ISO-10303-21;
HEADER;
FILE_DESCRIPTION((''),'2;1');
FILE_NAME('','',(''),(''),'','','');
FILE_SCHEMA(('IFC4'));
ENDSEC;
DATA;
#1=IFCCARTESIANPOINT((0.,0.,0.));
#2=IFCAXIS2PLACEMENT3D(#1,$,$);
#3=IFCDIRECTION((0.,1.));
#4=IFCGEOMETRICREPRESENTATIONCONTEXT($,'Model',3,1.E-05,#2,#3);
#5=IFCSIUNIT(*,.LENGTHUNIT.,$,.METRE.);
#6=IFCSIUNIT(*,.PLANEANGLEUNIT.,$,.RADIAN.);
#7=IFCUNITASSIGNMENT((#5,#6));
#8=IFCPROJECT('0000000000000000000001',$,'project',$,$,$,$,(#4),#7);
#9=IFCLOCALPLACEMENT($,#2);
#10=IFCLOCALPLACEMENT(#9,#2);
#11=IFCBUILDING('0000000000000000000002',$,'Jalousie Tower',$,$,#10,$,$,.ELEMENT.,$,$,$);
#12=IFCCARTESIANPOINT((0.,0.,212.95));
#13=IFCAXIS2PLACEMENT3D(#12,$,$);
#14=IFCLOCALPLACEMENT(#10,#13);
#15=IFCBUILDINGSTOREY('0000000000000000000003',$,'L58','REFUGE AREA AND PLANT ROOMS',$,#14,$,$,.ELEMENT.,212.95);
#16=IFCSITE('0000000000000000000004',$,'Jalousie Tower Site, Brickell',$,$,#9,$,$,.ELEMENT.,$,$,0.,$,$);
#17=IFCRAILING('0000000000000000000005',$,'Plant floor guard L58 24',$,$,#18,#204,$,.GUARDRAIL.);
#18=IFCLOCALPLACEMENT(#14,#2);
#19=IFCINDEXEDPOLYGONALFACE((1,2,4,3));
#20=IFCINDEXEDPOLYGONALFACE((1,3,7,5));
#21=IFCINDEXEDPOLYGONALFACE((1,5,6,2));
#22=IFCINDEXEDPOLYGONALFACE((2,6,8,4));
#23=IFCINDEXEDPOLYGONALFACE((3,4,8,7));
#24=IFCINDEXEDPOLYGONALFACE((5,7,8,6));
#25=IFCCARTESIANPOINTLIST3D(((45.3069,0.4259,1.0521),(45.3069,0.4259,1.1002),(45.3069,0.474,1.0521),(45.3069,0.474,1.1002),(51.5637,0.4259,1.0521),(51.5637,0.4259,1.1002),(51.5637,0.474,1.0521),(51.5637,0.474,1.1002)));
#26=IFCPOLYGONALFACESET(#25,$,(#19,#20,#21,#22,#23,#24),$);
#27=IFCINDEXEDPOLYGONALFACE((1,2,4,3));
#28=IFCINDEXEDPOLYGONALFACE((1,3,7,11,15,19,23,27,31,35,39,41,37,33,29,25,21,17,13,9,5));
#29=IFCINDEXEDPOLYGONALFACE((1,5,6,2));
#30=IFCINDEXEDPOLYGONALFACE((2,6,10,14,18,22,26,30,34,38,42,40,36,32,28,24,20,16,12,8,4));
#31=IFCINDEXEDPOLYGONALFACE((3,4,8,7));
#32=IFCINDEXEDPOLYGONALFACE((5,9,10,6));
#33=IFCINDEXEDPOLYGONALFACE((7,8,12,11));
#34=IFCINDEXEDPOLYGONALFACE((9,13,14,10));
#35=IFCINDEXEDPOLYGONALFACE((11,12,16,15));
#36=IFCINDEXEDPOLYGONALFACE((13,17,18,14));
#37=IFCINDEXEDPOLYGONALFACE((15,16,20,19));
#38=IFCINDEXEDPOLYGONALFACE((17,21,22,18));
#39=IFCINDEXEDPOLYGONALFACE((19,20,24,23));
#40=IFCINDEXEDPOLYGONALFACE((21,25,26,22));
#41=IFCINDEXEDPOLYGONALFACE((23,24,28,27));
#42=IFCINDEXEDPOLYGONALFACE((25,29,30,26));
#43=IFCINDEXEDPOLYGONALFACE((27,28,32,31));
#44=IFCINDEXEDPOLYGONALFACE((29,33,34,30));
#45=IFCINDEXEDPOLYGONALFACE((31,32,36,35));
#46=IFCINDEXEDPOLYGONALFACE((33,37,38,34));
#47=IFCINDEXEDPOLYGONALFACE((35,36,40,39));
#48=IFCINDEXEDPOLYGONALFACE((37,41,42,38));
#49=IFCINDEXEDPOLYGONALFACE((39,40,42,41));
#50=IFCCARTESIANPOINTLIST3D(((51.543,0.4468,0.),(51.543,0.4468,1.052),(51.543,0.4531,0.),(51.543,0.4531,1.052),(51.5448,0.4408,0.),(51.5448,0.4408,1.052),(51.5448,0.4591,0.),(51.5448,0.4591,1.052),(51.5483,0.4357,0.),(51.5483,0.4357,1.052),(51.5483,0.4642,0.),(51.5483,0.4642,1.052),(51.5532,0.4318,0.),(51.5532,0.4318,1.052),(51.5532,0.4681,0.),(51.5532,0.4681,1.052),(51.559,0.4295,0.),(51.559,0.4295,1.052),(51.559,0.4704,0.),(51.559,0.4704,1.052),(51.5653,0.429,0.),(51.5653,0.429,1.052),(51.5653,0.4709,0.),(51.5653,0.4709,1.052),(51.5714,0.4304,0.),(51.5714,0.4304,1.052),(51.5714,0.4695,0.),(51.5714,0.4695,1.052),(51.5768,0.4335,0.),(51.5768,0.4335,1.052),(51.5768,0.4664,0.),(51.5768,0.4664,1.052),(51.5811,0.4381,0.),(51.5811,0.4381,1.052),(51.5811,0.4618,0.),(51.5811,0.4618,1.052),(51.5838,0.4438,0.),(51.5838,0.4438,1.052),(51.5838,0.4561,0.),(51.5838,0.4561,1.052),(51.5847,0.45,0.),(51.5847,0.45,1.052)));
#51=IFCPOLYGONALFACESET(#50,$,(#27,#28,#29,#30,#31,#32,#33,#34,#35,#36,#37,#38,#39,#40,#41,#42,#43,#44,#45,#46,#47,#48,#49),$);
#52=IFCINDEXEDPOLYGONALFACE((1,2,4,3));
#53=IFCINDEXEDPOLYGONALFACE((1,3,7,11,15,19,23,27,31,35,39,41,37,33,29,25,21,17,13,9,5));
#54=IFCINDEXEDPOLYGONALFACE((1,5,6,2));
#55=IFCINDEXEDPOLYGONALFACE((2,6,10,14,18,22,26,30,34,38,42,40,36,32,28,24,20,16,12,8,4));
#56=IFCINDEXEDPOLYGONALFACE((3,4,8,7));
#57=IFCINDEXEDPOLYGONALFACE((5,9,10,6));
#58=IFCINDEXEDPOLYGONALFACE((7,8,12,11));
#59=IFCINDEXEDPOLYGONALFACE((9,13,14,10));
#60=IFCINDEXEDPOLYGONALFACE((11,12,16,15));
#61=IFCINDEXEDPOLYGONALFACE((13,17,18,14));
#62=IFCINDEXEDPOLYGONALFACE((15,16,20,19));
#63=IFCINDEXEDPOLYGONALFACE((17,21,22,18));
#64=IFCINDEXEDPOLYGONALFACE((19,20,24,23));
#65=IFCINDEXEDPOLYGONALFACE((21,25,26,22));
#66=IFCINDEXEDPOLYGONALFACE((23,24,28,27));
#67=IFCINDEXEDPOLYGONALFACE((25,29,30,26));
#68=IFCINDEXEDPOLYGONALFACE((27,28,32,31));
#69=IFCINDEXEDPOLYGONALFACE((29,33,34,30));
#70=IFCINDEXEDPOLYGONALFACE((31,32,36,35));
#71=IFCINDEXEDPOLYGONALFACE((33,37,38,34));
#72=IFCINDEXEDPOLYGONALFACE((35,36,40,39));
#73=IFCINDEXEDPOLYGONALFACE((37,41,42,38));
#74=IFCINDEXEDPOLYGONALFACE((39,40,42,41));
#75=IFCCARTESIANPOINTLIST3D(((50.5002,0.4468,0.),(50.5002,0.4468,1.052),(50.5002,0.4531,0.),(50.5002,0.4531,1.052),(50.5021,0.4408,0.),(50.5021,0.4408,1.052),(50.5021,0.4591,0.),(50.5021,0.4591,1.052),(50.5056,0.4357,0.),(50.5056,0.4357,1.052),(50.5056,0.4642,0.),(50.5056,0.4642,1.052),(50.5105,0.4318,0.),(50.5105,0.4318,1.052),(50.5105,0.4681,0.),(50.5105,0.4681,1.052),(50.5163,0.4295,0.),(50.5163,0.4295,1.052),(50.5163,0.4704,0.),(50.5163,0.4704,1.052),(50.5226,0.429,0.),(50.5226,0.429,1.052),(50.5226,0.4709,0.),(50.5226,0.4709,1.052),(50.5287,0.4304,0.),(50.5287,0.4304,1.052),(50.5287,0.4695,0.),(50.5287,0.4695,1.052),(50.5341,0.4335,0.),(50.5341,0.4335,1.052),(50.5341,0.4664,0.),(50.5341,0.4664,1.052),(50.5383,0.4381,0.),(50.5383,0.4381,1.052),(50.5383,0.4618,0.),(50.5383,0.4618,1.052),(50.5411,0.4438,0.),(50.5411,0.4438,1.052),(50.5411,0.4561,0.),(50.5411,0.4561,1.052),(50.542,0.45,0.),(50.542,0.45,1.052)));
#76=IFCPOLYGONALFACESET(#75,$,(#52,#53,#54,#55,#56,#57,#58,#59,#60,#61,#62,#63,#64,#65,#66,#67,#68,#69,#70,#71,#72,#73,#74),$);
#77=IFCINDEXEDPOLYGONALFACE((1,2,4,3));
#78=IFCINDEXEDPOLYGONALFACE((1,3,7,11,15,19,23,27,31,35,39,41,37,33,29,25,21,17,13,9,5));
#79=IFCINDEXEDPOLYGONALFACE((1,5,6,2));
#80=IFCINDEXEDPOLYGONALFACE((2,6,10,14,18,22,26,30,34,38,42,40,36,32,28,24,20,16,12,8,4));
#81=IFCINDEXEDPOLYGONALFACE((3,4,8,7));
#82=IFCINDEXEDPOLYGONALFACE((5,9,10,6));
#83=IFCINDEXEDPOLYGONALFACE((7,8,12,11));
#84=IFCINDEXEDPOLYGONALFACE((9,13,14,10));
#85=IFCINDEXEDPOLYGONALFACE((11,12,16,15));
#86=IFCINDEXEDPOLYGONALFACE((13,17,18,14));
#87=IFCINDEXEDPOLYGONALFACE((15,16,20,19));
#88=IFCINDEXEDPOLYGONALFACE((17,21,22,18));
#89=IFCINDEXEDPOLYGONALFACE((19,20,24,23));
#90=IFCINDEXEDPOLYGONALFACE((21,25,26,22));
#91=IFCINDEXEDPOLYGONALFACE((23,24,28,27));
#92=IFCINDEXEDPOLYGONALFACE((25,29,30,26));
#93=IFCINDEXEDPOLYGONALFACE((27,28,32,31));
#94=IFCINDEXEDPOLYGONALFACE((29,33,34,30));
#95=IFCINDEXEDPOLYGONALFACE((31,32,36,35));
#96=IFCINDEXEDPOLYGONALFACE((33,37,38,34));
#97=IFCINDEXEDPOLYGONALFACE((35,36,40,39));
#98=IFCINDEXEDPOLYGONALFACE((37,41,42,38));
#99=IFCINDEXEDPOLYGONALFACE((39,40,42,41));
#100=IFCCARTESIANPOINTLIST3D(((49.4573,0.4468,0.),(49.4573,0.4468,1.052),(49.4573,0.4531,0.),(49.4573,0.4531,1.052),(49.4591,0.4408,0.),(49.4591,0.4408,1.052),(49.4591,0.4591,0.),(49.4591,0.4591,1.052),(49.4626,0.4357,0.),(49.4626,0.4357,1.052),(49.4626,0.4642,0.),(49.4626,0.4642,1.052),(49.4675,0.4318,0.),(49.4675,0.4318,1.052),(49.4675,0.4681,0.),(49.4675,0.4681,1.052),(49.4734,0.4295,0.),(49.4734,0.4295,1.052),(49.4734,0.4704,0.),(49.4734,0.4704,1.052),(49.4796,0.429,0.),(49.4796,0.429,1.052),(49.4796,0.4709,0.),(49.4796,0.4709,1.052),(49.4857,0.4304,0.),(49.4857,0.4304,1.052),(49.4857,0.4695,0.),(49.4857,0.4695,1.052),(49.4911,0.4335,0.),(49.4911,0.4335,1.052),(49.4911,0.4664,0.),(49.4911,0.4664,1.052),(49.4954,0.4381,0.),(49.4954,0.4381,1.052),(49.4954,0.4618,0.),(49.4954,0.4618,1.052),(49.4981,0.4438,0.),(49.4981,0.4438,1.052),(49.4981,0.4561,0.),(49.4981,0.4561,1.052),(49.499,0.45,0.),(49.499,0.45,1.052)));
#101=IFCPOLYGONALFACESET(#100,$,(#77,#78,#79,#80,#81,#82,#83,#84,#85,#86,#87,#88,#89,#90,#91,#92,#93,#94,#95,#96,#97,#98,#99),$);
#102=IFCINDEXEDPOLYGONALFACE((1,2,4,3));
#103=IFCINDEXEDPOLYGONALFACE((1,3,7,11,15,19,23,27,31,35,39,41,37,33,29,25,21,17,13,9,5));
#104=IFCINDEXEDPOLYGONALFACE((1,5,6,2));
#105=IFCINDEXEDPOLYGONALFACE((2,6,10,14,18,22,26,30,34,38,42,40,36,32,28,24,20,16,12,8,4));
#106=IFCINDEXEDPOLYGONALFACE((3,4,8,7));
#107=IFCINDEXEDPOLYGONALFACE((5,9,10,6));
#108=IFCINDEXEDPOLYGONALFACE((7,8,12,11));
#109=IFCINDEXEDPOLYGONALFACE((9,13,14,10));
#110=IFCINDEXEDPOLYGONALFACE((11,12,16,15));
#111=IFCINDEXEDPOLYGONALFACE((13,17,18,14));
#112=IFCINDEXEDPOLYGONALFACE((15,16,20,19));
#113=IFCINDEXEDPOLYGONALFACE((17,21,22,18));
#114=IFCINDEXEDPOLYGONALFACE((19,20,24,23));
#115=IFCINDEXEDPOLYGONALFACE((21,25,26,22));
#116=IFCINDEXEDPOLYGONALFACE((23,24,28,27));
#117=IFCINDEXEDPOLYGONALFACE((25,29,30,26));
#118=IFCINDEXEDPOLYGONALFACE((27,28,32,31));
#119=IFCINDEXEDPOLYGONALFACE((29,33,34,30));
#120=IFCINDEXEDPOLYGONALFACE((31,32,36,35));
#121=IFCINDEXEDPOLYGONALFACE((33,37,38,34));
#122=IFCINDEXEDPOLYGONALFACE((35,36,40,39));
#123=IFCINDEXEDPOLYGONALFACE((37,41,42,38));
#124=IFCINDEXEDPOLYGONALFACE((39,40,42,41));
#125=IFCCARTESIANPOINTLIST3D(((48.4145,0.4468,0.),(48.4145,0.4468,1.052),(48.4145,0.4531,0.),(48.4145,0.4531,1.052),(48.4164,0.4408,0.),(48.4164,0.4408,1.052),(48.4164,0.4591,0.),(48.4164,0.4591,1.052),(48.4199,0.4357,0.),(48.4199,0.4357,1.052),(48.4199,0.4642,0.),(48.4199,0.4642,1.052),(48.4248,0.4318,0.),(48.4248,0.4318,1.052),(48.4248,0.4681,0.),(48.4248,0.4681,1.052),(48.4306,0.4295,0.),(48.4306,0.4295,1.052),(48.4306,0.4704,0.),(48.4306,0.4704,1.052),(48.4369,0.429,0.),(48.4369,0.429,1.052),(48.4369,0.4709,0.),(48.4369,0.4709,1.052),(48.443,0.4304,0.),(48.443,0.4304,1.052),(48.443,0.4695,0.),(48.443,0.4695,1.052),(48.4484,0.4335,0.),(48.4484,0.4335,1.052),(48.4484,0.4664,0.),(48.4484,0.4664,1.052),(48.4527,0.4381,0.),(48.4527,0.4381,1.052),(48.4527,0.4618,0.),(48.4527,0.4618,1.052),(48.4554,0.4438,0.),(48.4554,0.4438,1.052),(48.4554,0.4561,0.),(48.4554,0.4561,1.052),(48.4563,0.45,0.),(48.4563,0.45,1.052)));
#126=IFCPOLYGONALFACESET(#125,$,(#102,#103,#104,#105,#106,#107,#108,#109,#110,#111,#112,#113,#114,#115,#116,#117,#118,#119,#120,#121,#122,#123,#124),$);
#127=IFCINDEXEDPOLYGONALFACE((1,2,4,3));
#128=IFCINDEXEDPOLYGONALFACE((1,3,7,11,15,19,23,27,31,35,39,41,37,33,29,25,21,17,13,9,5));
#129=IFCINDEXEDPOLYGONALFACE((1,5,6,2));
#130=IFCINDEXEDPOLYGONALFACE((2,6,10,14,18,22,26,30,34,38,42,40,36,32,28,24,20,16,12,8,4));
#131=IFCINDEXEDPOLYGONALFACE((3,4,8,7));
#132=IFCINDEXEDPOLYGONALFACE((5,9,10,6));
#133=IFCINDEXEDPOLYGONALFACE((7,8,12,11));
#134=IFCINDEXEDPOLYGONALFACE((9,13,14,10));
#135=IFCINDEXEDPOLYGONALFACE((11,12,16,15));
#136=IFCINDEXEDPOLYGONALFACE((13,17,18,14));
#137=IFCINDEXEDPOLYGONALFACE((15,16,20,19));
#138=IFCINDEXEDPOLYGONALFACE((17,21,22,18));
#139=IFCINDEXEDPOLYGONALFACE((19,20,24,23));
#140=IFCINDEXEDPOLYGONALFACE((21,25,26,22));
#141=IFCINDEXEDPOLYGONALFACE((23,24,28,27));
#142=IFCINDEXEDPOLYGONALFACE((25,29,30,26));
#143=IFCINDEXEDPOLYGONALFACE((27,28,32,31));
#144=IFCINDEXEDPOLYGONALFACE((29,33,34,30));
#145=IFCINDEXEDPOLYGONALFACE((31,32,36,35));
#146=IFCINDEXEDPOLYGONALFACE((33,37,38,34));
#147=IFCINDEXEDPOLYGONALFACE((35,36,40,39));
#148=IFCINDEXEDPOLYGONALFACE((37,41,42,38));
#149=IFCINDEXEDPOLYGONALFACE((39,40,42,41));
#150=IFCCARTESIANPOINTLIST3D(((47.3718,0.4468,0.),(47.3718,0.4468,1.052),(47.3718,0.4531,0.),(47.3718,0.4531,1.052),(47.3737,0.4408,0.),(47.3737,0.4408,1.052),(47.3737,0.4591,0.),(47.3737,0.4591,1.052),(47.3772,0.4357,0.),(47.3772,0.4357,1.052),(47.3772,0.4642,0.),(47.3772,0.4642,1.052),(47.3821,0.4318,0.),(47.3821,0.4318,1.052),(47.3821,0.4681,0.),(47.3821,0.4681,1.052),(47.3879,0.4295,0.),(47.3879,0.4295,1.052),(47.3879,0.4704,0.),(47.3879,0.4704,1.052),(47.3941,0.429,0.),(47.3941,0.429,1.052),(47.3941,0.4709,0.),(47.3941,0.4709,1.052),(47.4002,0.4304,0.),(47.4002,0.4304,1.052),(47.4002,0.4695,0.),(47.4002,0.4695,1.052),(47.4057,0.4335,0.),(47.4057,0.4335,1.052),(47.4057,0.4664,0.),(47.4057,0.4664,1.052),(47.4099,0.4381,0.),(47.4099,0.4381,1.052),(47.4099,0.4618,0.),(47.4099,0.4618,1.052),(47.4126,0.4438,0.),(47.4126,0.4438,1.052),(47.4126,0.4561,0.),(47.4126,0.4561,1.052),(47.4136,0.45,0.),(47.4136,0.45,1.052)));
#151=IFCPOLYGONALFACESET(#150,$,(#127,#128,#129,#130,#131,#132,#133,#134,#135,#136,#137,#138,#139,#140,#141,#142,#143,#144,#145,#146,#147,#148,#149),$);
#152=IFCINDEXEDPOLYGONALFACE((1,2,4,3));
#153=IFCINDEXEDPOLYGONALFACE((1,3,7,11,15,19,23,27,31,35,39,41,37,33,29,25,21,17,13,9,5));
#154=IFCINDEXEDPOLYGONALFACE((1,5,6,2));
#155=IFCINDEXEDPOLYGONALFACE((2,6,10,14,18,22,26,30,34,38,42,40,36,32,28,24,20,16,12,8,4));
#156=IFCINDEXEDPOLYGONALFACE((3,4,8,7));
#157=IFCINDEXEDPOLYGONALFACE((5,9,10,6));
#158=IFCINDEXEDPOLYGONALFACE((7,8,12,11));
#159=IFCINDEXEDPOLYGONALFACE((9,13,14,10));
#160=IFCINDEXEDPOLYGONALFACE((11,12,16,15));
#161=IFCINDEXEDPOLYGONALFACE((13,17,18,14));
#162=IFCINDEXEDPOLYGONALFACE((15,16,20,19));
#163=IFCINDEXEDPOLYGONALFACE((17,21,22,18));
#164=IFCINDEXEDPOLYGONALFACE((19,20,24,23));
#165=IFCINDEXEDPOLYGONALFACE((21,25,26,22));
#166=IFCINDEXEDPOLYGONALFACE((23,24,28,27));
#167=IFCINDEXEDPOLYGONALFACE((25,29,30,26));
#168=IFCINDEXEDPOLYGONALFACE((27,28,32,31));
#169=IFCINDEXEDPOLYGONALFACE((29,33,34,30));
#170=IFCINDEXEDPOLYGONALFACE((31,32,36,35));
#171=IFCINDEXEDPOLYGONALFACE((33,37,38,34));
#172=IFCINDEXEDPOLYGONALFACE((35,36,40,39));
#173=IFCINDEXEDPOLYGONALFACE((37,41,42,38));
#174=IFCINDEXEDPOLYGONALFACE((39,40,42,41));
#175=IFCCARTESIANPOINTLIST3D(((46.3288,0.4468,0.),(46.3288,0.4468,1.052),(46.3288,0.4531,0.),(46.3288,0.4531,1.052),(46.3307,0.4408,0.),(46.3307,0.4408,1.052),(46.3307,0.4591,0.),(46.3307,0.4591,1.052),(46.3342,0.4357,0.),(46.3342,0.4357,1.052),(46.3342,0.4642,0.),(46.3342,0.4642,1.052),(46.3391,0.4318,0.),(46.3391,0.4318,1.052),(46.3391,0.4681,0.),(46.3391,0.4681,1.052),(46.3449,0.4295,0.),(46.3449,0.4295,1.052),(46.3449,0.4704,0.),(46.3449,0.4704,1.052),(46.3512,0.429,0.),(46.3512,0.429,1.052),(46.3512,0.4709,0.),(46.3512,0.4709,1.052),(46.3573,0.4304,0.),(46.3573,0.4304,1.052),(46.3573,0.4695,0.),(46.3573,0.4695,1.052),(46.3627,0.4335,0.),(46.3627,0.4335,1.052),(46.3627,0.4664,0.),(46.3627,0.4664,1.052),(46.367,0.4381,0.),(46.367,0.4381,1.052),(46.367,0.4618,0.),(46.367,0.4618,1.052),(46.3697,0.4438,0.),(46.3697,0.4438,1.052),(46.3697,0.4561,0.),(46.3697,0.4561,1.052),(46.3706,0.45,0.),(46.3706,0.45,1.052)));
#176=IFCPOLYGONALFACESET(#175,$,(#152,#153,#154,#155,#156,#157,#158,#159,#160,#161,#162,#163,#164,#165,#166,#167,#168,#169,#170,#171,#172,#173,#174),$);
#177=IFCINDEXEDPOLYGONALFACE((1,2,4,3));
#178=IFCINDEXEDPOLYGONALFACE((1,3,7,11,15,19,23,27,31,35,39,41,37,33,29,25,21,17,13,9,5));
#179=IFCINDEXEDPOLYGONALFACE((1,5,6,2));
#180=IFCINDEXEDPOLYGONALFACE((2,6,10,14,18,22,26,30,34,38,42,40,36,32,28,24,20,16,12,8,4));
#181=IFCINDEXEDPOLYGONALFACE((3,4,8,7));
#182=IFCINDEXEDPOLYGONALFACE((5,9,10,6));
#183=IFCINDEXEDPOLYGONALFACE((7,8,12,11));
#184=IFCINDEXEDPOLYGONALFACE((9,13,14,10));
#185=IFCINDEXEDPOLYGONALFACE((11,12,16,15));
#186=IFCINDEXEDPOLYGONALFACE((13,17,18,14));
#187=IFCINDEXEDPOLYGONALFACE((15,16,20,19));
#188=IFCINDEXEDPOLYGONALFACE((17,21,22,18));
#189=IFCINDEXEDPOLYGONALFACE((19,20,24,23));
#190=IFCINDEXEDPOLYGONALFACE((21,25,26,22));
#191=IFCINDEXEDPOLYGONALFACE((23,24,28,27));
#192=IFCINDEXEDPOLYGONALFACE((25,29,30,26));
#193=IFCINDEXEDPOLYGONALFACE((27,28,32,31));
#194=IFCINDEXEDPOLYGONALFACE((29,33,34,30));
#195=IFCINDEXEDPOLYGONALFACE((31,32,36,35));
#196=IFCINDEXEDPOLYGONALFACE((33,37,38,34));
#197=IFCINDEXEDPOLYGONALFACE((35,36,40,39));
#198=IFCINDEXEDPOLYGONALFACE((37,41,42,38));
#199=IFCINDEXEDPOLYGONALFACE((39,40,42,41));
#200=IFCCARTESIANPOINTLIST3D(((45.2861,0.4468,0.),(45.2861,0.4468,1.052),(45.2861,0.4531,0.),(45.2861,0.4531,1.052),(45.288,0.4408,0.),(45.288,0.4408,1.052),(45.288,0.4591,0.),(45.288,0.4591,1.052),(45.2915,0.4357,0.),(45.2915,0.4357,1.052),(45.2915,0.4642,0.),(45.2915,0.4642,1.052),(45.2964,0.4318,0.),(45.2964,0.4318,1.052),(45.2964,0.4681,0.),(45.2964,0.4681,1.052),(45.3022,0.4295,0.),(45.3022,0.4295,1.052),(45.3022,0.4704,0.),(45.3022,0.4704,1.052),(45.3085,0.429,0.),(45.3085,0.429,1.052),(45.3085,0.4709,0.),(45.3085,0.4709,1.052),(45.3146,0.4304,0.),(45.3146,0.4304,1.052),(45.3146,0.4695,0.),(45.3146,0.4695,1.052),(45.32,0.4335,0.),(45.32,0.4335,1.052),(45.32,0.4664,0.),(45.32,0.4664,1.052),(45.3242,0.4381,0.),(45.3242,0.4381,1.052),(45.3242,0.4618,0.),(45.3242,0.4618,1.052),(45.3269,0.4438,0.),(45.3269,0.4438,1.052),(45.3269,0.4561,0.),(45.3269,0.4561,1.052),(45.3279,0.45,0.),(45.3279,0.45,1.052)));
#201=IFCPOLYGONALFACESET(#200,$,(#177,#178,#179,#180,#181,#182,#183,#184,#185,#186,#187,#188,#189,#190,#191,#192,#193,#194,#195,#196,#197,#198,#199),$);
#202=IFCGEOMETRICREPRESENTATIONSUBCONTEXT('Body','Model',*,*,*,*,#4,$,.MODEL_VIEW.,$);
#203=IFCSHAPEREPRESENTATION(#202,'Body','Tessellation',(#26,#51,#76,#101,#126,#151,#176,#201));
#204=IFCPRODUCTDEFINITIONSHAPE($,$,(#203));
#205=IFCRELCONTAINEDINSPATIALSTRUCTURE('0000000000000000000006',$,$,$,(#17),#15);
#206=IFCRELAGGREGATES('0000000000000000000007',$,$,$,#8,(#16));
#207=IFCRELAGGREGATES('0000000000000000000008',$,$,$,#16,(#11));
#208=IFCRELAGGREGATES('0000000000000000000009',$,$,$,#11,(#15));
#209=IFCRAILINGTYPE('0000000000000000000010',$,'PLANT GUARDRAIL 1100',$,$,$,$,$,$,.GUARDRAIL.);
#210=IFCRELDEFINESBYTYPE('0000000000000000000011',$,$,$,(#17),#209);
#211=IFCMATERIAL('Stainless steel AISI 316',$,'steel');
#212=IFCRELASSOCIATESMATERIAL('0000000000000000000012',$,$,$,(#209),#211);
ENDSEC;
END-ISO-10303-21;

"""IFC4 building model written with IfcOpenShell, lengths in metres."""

from ifc_helpers import new_model, si_unit, direction, frame, origin, origin_2d, place, context, subcontext, project, spatial, rectangle, circle, extrude, material, type_object, element, save


model = new_model("IFC4")

# Units and contexts
model_context = context("Model", 3, precision=1e-05, world=origin(), true_north=direction((0.0, 1.0)))
body_context = subcontext(model_context, "Body", "Model", "MODEL_VIEW")
ifc_project = project(units=[si_unit("LENGTHUNIT", "METRE"), si_unit("PLANEANGLEUNIT", "RADIAN")], contexts=[model_context])

# Site, building, storey
site_placement = place(None, origin())
site = spatial("IfcSite", under=ifc_project, at=site_placement, Name="Jalousie Tower Site, Brickell", CompositionType="ELEMENT", RefElevation=0.0)
building_placement = place(site_placement, origin())
building = spatial("IfcBuilding", under=site, at=building_placement, Name="Jalousie Tower", CompositionType="ELEMENT")
storey_placement = place(building_placement, frame((0.0, 0.0, 212.95)))
storey = spatial("IfcBuildingStorey", under=building, at=storey_placement, Name="L58", Description="REFUGE AREA AND PLANT ROOMS", CompositionType="ELEMENT", Elevation=212.95)

# Railing
ifc_material_1 = material(Name="Stainless steel AISI 316", Category="steel")
railing_type = type_object("IfcRailingType", Name="PLANT GUARDRAIL 1100", PredefinedType="GUARDRAIL", material=ifc_material_1)
railing_1_placement = place(storey_placement, frame((51.5637, 0.45, 0.0)))
element("IfcRailing", 1, at=railing_1_placement, inside=storey, type_object=railing_type, Name="Plant floor guard L58 24", PredefinedType="GUARDRAIL", context=body_context, shape_type="SweptSolid", body=[
    extrude(rectangle(XDim=0.0481, YDim=0.0481, at=origin_2d()), frame((0.0, 0.0, 1.0762), z_axis=(-1.0, 0.0, 0.0), x_axis=(0.0, -1.0, 0.0)), (0.0, 0.0, 1.0), 6.2568),
    extrude(circle(Radius=0.021, at=origin_2d()), origin(), (0.0, 0.0, 1.0), 1.052),
    extrude(circle(Radius=0.021, at=origin_2d()), frame((-1.0427, 0.0, 0.0)), (0.0, 0.0, 1.0), 1.052),
    extrude(circle(Radius=0.021, at=origin_2d()), frame((-2.0857, 0.0, 0.0)), (0.0, 0.0, 1.0), 1.052),
    extrude(circle(Radius=0.021, at=origin_2d()), frame((-3.1284, 0.0, 0.0)), (0.0, 0.0, 1.0), 1.052),
    extrude(circle(Radius=0.021, at=origin_2d()), frame((-4.1711, 0.0, 0.0)), (0.0, 0.0, 1.0), 1.052),
    extrude(circle(Radius=0.021, at=origin_2d()), frame((-5.2141, 0.0, 0.0)), (0.0, 0.0, 1.0), 1.052),
    extrude(circle(Radius=0.021, at=origin_2d()), frame((-6.2568, 0.0, 0.0)), (0.0, 0.0, 1.0), 1.052),
])

save(model, "model.ifc")
